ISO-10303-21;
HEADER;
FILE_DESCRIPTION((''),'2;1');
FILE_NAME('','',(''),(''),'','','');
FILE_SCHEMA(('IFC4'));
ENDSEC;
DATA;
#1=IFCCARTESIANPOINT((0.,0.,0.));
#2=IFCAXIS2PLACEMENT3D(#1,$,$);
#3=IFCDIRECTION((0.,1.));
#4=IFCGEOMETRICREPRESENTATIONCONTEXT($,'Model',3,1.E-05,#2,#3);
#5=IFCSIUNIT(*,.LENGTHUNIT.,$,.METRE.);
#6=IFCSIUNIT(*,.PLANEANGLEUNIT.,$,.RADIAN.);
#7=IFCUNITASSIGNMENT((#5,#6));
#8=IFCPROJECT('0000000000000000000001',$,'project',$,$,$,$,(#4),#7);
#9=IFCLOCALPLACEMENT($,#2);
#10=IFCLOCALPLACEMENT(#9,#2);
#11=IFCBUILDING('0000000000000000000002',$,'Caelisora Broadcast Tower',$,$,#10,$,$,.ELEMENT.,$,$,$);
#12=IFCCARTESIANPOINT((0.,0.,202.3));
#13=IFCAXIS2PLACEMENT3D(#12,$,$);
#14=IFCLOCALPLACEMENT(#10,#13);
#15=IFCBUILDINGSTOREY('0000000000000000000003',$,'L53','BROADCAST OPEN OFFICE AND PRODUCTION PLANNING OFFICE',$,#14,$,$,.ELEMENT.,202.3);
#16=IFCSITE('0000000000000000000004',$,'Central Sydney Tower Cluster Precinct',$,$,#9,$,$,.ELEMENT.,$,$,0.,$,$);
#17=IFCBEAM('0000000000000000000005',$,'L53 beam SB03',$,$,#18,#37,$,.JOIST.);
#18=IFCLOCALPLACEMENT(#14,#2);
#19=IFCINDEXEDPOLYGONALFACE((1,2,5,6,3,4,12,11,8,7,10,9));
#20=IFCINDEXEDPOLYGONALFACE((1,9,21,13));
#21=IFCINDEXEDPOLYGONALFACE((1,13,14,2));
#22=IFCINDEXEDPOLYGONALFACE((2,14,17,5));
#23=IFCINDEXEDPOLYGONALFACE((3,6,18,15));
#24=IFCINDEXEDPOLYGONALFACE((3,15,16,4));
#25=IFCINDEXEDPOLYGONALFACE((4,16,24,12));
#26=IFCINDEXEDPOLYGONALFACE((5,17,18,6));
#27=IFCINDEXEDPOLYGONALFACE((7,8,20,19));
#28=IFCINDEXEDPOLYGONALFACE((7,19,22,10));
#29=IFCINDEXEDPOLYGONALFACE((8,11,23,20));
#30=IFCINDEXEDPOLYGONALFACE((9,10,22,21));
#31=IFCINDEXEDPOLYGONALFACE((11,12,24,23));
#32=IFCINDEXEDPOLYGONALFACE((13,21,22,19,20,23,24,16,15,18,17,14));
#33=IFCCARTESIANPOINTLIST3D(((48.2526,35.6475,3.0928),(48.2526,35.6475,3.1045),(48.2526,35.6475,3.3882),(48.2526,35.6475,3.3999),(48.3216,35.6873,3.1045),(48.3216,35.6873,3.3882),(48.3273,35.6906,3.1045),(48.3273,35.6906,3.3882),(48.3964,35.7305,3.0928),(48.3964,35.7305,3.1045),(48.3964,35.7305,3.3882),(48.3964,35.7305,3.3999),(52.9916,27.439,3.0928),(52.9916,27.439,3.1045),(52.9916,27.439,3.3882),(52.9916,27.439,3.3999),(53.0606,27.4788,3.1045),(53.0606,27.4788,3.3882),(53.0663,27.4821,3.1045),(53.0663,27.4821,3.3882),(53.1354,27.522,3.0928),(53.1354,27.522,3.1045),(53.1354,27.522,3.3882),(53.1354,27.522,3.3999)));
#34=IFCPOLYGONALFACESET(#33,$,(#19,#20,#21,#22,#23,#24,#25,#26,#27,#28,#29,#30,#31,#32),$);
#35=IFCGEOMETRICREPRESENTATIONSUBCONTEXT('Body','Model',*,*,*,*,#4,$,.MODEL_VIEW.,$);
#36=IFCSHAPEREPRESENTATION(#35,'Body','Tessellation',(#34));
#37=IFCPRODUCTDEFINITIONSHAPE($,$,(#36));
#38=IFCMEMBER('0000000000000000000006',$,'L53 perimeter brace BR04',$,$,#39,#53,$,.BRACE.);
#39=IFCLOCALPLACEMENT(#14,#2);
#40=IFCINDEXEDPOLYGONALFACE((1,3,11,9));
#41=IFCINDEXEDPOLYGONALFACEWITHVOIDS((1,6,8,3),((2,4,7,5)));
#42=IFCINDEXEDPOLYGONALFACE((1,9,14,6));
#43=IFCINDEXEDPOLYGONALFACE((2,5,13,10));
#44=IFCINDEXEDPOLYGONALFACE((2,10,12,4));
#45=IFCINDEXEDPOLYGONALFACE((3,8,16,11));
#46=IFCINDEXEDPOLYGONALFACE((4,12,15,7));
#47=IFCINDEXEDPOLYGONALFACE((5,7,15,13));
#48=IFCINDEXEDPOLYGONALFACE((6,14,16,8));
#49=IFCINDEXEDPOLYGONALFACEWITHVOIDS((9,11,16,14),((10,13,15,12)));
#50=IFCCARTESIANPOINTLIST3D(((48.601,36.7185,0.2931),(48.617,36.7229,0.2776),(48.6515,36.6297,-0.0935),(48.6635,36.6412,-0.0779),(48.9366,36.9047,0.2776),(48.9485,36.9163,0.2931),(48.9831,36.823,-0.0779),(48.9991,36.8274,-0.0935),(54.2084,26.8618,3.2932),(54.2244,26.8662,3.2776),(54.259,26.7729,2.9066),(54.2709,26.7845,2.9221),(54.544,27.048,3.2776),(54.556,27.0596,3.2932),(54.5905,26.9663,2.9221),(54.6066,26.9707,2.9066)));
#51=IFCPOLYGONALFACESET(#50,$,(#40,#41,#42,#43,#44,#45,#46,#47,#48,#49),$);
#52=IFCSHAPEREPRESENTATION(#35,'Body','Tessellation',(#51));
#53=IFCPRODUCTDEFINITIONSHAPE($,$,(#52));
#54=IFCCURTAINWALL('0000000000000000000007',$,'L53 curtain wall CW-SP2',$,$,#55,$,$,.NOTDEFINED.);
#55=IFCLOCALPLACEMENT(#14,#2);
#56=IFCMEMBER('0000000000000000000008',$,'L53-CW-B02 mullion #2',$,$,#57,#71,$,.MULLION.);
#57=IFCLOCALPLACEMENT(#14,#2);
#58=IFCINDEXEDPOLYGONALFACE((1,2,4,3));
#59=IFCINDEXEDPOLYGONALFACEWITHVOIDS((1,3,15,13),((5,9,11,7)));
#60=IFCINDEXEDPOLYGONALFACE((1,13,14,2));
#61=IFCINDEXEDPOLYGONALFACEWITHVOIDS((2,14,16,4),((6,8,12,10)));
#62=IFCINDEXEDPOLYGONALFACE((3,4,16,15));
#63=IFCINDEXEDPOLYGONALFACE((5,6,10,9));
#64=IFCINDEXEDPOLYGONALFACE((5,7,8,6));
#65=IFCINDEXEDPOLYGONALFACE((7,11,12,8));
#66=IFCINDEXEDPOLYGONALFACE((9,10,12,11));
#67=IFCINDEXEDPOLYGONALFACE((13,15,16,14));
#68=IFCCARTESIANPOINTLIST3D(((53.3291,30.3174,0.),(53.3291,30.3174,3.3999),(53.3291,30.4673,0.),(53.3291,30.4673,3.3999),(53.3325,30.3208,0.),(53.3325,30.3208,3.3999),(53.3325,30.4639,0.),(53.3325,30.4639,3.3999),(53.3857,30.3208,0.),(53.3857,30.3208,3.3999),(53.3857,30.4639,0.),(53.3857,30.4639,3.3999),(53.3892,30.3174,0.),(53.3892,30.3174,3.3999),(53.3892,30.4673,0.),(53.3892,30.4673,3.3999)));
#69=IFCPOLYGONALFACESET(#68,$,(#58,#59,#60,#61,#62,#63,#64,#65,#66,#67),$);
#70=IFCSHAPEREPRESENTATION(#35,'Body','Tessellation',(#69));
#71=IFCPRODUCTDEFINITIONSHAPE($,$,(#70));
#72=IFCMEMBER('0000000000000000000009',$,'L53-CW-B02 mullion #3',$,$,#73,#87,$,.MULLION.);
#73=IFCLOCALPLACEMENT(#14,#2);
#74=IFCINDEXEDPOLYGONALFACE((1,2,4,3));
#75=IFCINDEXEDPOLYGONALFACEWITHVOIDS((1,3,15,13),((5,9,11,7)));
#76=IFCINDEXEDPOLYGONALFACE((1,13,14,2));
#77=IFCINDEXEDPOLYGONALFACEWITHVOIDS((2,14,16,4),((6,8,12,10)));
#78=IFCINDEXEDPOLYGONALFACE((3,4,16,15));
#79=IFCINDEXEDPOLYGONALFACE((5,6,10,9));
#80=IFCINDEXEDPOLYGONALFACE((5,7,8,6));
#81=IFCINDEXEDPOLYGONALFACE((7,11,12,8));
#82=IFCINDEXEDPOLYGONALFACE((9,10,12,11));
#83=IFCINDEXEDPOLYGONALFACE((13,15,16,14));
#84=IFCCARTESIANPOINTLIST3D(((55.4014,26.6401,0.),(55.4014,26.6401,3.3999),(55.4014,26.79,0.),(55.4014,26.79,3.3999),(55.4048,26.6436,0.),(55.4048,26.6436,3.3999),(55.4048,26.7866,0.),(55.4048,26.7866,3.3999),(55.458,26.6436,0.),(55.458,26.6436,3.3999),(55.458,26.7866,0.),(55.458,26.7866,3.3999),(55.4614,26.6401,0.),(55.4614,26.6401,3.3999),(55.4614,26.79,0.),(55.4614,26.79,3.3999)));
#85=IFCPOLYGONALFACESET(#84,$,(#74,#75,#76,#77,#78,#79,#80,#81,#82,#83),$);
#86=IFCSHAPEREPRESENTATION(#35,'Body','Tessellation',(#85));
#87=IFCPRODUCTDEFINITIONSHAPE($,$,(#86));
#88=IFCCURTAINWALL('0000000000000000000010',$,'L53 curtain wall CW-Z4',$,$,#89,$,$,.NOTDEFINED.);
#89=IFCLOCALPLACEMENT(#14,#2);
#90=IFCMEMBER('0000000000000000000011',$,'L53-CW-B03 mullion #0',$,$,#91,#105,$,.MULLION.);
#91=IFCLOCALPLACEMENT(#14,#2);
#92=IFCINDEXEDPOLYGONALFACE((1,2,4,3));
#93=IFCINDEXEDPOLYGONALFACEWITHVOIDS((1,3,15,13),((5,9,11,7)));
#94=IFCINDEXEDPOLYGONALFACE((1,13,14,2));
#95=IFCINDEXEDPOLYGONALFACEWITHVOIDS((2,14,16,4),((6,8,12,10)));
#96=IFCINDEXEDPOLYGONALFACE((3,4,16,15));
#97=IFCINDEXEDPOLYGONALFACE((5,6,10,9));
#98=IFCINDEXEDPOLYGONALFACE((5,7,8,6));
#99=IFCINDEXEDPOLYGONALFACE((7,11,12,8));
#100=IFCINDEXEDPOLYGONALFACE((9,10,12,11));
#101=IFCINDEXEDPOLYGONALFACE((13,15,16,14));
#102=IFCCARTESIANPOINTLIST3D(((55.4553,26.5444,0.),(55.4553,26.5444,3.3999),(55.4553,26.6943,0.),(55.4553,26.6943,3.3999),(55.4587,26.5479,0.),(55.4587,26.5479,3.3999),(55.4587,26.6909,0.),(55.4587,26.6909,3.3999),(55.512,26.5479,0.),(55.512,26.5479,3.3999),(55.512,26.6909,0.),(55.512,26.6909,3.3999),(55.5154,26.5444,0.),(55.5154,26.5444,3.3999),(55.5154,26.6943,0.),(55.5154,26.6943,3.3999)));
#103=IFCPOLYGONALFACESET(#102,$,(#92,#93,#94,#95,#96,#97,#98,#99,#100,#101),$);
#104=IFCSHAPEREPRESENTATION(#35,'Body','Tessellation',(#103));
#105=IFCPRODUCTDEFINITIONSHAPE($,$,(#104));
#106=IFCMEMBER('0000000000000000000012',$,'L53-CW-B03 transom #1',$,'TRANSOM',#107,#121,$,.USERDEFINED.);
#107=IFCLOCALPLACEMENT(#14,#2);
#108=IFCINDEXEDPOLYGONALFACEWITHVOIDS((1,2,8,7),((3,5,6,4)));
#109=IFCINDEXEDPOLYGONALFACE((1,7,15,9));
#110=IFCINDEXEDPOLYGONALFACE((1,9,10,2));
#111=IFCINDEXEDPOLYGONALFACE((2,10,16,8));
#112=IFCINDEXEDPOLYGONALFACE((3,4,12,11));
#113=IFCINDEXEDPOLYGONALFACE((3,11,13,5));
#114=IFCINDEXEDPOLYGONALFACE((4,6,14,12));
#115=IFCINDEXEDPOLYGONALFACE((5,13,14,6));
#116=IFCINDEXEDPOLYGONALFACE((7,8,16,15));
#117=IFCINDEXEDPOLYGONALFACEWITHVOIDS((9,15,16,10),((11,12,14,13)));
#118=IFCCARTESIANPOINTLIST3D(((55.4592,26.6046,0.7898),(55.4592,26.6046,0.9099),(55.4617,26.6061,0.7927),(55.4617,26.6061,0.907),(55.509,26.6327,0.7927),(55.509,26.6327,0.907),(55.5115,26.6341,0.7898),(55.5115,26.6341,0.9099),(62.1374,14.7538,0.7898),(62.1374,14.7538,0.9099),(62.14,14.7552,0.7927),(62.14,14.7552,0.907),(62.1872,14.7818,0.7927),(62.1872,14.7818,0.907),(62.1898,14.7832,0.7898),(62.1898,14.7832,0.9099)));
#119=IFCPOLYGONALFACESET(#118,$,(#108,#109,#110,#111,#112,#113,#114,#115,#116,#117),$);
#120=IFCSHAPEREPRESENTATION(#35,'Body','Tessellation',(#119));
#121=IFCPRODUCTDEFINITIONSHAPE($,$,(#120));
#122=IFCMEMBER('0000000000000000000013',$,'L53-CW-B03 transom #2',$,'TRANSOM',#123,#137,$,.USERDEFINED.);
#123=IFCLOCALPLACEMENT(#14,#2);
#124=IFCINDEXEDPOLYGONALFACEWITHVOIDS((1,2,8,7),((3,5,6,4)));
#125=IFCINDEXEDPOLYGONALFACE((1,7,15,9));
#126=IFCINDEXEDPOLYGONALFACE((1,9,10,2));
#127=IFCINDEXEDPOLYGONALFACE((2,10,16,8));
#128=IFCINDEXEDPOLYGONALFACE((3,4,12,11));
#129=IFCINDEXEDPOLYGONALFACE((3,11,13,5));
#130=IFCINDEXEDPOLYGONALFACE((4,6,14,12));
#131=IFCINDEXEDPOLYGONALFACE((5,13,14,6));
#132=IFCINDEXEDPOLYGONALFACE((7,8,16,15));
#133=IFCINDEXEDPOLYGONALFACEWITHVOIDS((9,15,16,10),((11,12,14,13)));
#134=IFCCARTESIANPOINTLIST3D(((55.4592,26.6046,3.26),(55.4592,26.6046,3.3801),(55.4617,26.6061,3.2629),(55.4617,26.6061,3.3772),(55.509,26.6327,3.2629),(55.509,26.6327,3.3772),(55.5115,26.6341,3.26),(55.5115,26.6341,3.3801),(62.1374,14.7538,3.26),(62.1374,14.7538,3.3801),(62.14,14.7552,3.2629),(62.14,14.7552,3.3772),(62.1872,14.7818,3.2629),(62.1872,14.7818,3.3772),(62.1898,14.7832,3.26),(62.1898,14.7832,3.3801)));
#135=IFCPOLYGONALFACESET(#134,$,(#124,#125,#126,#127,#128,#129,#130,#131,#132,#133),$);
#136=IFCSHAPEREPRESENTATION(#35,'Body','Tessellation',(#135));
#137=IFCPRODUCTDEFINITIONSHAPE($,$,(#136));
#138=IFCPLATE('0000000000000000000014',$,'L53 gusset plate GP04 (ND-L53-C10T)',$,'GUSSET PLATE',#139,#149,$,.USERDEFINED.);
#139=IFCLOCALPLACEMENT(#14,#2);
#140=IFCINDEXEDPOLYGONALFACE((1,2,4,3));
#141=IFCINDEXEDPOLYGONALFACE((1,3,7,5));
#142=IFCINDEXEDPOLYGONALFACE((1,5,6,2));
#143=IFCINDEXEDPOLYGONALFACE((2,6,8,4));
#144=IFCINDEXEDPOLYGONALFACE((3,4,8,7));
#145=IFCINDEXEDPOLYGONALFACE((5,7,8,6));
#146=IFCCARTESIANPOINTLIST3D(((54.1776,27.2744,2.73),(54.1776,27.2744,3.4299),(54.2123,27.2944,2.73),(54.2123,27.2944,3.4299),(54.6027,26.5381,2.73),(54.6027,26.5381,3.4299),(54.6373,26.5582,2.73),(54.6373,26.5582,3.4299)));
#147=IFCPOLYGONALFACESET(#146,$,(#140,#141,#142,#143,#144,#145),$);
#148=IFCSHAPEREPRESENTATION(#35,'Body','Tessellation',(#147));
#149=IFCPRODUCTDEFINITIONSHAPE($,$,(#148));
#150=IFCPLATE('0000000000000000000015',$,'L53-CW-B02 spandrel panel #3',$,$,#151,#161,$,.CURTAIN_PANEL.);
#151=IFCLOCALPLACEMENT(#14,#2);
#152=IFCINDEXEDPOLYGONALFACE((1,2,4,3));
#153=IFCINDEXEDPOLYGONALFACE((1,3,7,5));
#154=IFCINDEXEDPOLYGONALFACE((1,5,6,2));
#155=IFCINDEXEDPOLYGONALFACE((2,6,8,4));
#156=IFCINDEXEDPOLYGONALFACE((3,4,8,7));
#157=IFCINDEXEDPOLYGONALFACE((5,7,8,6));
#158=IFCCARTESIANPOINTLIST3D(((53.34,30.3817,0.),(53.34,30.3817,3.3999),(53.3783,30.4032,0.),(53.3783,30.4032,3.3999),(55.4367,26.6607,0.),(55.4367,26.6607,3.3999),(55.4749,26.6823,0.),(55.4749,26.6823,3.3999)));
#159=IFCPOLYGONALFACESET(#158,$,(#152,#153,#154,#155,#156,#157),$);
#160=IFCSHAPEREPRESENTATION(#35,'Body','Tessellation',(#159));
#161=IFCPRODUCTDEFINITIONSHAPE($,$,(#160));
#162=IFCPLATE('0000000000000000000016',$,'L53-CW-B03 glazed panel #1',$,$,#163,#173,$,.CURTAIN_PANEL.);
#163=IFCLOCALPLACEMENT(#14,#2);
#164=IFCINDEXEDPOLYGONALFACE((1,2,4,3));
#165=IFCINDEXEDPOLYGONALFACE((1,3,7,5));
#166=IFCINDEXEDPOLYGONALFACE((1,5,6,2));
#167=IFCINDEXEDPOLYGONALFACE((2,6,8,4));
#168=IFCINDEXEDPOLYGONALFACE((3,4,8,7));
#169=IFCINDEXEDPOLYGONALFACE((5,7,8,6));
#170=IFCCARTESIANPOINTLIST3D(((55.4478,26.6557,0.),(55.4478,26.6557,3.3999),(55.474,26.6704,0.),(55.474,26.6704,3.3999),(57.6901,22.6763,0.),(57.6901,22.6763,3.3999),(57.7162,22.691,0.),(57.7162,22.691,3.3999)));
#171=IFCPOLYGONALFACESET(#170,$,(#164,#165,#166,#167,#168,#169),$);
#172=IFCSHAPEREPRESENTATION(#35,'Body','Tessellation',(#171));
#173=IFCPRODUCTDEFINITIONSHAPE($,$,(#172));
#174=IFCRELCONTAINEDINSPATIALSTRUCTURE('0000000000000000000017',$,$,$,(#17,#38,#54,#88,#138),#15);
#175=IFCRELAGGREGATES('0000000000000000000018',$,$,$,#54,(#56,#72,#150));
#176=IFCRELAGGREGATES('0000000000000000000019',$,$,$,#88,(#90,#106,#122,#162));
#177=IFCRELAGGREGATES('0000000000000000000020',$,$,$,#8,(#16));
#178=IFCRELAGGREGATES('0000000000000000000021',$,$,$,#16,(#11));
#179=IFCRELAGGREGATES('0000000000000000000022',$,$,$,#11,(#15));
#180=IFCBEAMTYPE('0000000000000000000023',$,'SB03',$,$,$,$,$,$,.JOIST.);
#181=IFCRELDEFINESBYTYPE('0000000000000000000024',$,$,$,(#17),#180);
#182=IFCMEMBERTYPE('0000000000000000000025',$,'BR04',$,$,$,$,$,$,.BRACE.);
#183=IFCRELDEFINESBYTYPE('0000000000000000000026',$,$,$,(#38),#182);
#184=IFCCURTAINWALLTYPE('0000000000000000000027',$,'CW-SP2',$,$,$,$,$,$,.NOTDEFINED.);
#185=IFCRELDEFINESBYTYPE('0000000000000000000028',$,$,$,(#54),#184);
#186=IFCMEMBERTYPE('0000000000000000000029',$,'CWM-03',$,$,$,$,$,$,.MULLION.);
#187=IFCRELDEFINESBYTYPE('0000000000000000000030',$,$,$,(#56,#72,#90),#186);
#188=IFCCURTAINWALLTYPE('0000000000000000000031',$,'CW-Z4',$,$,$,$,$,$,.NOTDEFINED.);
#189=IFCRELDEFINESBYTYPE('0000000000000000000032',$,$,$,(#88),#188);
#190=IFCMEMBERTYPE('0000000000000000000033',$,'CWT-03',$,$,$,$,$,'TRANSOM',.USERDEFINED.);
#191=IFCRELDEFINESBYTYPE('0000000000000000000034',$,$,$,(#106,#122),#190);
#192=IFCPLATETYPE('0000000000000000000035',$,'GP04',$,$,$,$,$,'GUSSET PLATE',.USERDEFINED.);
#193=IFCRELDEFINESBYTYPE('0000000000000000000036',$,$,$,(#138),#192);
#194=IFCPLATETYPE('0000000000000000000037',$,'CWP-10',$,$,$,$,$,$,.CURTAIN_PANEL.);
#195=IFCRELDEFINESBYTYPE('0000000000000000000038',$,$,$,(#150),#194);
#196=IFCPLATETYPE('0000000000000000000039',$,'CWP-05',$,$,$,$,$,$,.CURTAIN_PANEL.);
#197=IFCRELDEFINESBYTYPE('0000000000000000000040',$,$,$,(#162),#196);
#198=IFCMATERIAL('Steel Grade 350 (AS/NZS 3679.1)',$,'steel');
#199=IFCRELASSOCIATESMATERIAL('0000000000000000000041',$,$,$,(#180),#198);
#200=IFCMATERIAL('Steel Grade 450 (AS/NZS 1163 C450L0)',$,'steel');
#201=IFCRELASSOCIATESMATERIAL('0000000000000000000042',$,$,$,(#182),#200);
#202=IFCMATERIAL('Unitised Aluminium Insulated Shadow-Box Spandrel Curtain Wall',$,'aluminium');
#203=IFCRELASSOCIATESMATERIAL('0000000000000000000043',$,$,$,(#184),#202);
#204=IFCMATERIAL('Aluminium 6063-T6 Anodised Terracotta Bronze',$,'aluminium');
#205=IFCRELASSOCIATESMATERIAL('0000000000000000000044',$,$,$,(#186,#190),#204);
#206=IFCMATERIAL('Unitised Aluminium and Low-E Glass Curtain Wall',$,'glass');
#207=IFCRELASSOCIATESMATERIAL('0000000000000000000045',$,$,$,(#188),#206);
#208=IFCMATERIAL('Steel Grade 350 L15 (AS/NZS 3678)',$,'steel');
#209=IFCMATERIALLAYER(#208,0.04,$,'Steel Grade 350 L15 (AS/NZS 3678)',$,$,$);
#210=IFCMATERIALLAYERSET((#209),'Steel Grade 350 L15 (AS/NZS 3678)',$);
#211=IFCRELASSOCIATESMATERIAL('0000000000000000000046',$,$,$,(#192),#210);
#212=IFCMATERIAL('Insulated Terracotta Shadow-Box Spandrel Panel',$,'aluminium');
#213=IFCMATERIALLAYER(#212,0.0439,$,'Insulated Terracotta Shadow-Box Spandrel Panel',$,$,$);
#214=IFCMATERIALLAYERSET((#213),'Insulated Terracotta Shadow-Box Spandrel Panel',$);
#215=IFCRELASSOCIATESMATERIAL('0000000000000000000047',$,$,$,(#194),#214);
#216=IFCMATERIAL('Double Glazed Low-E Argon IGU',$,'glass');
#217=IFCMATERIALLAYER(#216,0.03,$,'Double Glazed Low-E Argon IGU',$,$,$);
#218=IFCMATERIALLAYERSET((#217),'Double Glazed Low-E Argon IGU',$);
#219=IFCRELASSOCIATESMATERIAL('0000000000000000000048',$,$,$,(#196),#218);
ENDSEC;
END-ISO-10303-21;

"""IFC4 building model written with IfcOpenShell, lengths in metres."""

from ifc_helpers import new_model, si_unit, direction, frame, origin, origin_2d, place, context, subcontext, project, spatial, rectangle, hollow_rectangle, i_section, extrude, source, transform, mapped, material, layer, layer_set, material_profile, profile_set, type_object, type_shapes, element, aggregate, save


model = new_model("IFC4")

# Units and contexts
model_context = context("Model", 3, precision=1e-05, world=origin(), true_north=direction((0.0, 1.0)))
body_context = subcontext(model_context, "Body", "Model", "MODEL_VIEW")
ifc_project = project(units=[si_unit("LENGTHUNIT", "METRE"), si_unit("PLANEANGLEUNIT", "RADIAN")], contexts=[model_context])

# Site, building, storey
site_placement = place(None, origin())
site = spatial("IfcSite", under=ifc_project, at=site_placement, Name="Central Sydney Tower Cluster Precinct", CompositionType="ELEMENT", RefElevation=0.0)
building_placement = place(site_placement, origin())
building = spatial("IfcBuilding", under=site, at=building_placement, Name="Caelisora Broadcast Tower", CompositionType="ELEMENT")
storey_placement = place(building_placement, frame((0.0, 0.0, 202.3)))
storey = spatial("IfcBuildingStorey", under=building, at=storey_placement, Name="L53", Description="BROADCAST OPEN OFFICE AND PRODUCTION PLANNING OFFICE", CompositionType="ELEMENT", Elevation=202.3)

# Shared definitions
ifc_material_1 = material(Name="Steel Grade 350 L15 (AS/NZS 3678)", Category="steel")

# Beam
ifc_material_2 = material(Name="Steel Grade 350 (AS/NZS 3679.1)", Category="steel")
ifc_material_profile_1 = material_profile(ifc_material_2, i_section(OverallWidth=0.166, OverallDepth=0.3071, WebThickness=0.0066, FlangeThickness=0.0117, at=origin_2d()), Name="Steel Grade 350 (AS/NZS 3679.1)")
ifc_profile_set_1 = profile_set([ifc_material_profile_1], Name="Steel Grade 350 (AS/NZS 3679.1)")
beam_type_1 = type_object("IfcBeamType", Name="SB03", PredefinedType="JOIST", material=ifc_profile_set_1)
shared_shape_1 = source(origin(), body_context, "Body", "SweptSolid", [
    extrude(i_section(OverallWidth=0.166, OverallDepth=0.3071, WebThickness=0.0066, FlangeThickness=0.0117, at=origin_2d()), origin(), (0.0, 0.0, 1.0), 9.4783),
])
beam_1_placement = place(storey_placement, frame((53.0635, 27.4805, 3.2463), z_axis=(-0.499987, 0.866033, 0.0), x_axis=(-0.866033, -0.499987, 0.0)))
element("IfcBeam", 1, at=beam_1_placement, inside=storey, type_object=beam_type_1, Name="L53 beam SB03", PredefinedType="JOIST", context=body_context, shape_type="MappedRepresentation", body=[
    mapped(shared_shape_1, transform((0.0, 0.0, 0.0), scale=1.0)),
])

# Member
ifc_material_3 = material(Name="Steel Grade 450 (AS/NZS 1163 C450L0)", Category="steel")
ifc_material_profile_2 = material_profile(ifc_material_3, hollow_rectangle(XDim=0.3999, YDim=0.3999, WallThickness=0.0161, at=origin_2d()), Name="Steel Grade 450 (AS/NZS 1163 C450L0)")
ifc_profile_set_2 = profile_set([ifc_material_profile_2], Name="Steel Grade 450 (AS/NZS 1163 C450L0)")
member_type_1 = type_object("IfcMemberType", Name="BR04", PredefinedType="BRACE", material=ifc_profile_set_2)
shared_shape_2 = source(origin(), body_context, "Body", "SweptSolid", [
    extrude(hollow_rectangle(XDim=0.3999, YDim=0.3999, WallThickness=0.0161, at=origin_2d()), origin(), (0.0, 0.0, 1.0), 11.7302),
])
type_shapes(member_type_1, [shared_shape_2])
member_1_placement = place(storey_placement, frame((54.4075, 26.9163, 3.0999), z_axis=(-0.478033, 0.840283, -0.25575), x_axis=(-0.86919, -0.494478, 0.0)))
element("IfcMember", 2, at=member_1_placement, inside=storey, type_object=member_type_1, Name="L53 perimeter brace BR04", PredefinedType="BRACE", context=body_context, shape_type="MappedRepresentation", body=[
    mapped(shared_shape_2, transform((0.0, 0.0, 0.0), scale=1.0)),
])

# Curtain walls, members
ifc_material_4 = material(Name="Unitised Aluminium Insulated Shadow-Box Spandrel Curtain Wall", Category="aluminium")
curtain_wall_type_1 = type_object("IfcCurtainWallType", Name="CW-SP2", PredefinedType="NOTDEFINED", material=ifc_material_4)
curtain_wall_1_placement = place(storey_placement, origin())
curtain_wall_1 = element("IfcCurtainWall", 3, at=curtain_wall_1_placement, inside=storey, type_object=curtain_wall_type_1, Name="L53 curtain wall CW-SP2", PredefinedType="NOTDEFINED")
ifc_material_5 = material(Name="Aluminium 6063-T6 Anodised Terracotta Bronze", Category="aluminium")
ifc_material_profile_3 = material_profile(ifc_material_5, hollow_rectangle(XDim=0.0601, YDim=0.1499, WallThickness=0.0034, at=origin_2d()), Name="Aluminium 6063-T6 Anodised Terracotta Bronze")
ifc_profile_set_3 = profile_set([ifc_material_profile_3], Name="Aluminium 6063-T6 Anodised Terracotta Bronze")
member_type_2 = type_object("IfcMemberType", Name="CWM-03", PredefinedType="MULLION", material=ifc_profile_set_3)
shared_shape_3 = source(origin(), body_context, "Body", "SweptSolid", [
    extrude(hollow_rectangle(XDim=0.0601, YDim=0.1499, WallThickness=0.0034, at=origin_2d()), origin(), (0.0, 0.0, 1.0), 3.3999),
])
type_shapes(member_type_2, [shared_shape_3])
member_2_placement = place(storey_placement, frame((53.3591, 30.3923, 0.0), z_axis=(0.0, 0.0, 1.0), x_axis=(1.0, 0.0, 0.0)))
member_2 = element("IfcMember", 4, at=member_2_placement, type_object=member_type_2, Name="L53-CW-B02 mullion #2", PredefinedType="MULLION", context=body_context, shape_type="MappedRepresentation", body=[
    mapped(shared_shape_3, transform((0.0, 0.0, 0.0), scale=1.0)),
])
member_3_placement = place(storey_placement, frame((55.4314, 26.7151, 0.0), z_axis=(0.0, 0.0, 1.0), x_axis=(1.0, 0.0, 0.0)))
member_3 = element("IfcMember", 5, at=member_3_placement, type_object=member_type_2, Name="L53-CW-B02 mullion #3", PredefinedType="MULLION", context=body_context, shape_type="MappedRepresentation", body=[
    mapped(shared_shape_3, transform((0.0, 0.0, 0.0), scale=1.0)),
])
ifc_material_6 = material(Name="Unitised Aluminium and Low-E Glass Curtain Wall", Category="glass")
curtain_wall_type_2 = type_object("IfcCurtainWallType", Name="CW-Z4", PredefinedType="NOTDEFINED", material=ifc_material_6)
curtain_wall_2_placement = place(storey_placement, origin())
curtain_wall_2 = element("IfcCurtainWall", 6, at=curtain_wall_2_placement, inside=storey, type_object=curtain_wall_type_2, Name="L53 curtain wall CW-Z4", PredefinedType="NOTDEFINED")
member_4_placement = place(storey_placement, frame((55.4854, 26.6194, 0.0), z_axis=(0.0, 0.0, 1.0), x_axis=(1.0, 0.0, 0.0)))
member_4 = element("IfcMember", 7, at=member_4_placement, type_object=member_type_2, Name="L53-CW-B03 mullion #0", PredefinedType="MULLION", context=body_context, shape_type="MappedRepresentation", body=[
    mapped(shared_shape_3, transform((0.0, 0.0, 0.0), scale=1.0)),
])
ifc_material_profile_4 = material_profile(ifc_material_5, hollow_rectangle(XDim=0.0601, YDim=0.1201, WallThickness=0.0029, at=origin_2d()), Name="Aluminium 6063-T6 Anodised Terracotta Bronze")
ifc_profile_set_4 = profile_set([ifc_material_profile_4], Name="Aluminium 6063-T6 Anodised Terracotta Bronze")
member_type_3 = type_object("IfcMemberType", Name="CWT-03", ElementType="TRANSOM", PredefinedType="USERDEFINED", material=ifc_profile_set_4)
shared_shape_4 = source(origin(), body_context, "Body", "SweptSolid", [
    extrude(hollow_rectangle(XDim=0.0601, YDim=0.1201, WallThickness=0.0029, at=origin_2d()), origin(), (0.0, 0.0, 1.0), 13.603),
])
type_shapes(member_type_3, [shared_shape_4])
member_5_placement = place(storey_placement, frame((55.4854, 26.6194, 0.8499), z_axis=(0.490939, -0.871194, 0.0), x_axis=(0.871194, 0.490939, 0.0)))
member_5 = element("IfcMember", 8, at=member_5_placement, type_object=member_type_3, Name="L53-CW-B03 transom #1", ObjectType="TRANSOM", PredefinedType="USERDEFINED", context=body_context, shape_type="MappedRepresentation", body=[
    mapped(shared_shape_4, transform((0.0, 0.0, 0.0), scale=1.0)),
])
member_6_placement = place(storey_placement, frame((55.4854, 26.6194, 3.3201), z_axis=(0.490939, -0.871194, 0.0), x_axis=(0.871194, 0.490939, 0.0)))
member_6 = element("IfcMember", 9, at=member_6_placement, type_object=member_type_3, Name="L53-CW-B03 transom #2", ObjectType="TRANSOM", PredefinedType="USERDEFINED", context=body_context, shape_type="MappedRepresentation", body=[
    mapped(shared_shape_4, transform((0.0, 0.0, 0.0), scale=1.0)),
])

# Plates
ifc_layer_1 = layer(ifc_material_1, 0.04, Name="Steel Grade 350 L15 (AS/NZS 3678)")
ifc_layer_set_1 = layer_set([ifc_layer_1], Name="Steel Grade 350 L15 (AS/NZS 3678)")
plate_type_1 = type_object("IfcPlateType", Name="GP04", ElementType="GUSSET PLATE", PredefinedType="USERDEFINED", material=ifc_layer_set_1)
shared_shape_5 = source(origin(), body_context, "Body", "SweptSolid", [
    extrude(rectangle(XDim=0.8501, YDim=0.04, at=origin_2d()), origin(), (0.0, 0.0, 1.0), 0.7),
])
type_shapes(plate_type_1, [shared_shape_5])
plate_1_placement = place(storey_placement, frame((54.4075, 26.9163, 2.73), z_axis=(0.0, 0.0, 1.0), x_axis=(-0.5, 0.866025, 0.0)))
element("IfcPlate", 10, at=plate_1_placement, inside=storey, type_object=plate_type_1, Name="L53 gusset plate GP04 (ND-L53-C10T)", ObjectType="GUSSET PLATE", PredefinedType="USERDEFINED", context=body_context, shape_type="MappedRepresentation", body=[
    mapped(shared_shape_5, transform((0.0, 0.0, 0.0), scale=1.0)),
])
ifc_material_7 = material(Name="Insulated Terracotta Shadow-Box Spandrel Panel", Category="aluminium")
ifc_layer_2 = layer(ifc_material_7, 0.0439, Name="Insulated Terracotta Shadow-Box Spandrel Panel")
ifc_layer_set_2 = layer_set([ifc_layer_2], Name="Insulated Terracotta Shadow-Box Spandrel Panel")
plate_type_2 = type_object("IfcPlateType", Name="CWP-10", PredefinedType="CURTAIN_PANEL", material=ifc_layer_set_2)
shared_shape_6 = source(origin(), body_context, "Body", "SweptSolid", [
    extrude(rectangle(XDim=4.271, YDim=0.0439, at=origin_2d()), origin(), (0.0, 0.0, 1.0), 3.3999),
])
type_shapes(plate_type_2, [shared_shape_6])
plate_2_placement = place(storey_placement, frame((54.4075, 28.532, 0.0), z_axis=(0.0, 0.0, 1.0), x_axis=(0.490904, -0.871214, 0.0)))
plate_2 = element("IfcPlate", 11, at=plate_2_placement, type_object=plate_type_2, Name="L53-CW-B02 spandrel panel #3", PredefinedType="CURTAIN_PANEL", context=body_context, shape_type="MappedRepresentation", body=[
    mapped(shared_shape_6, transform((0.0, 0.0, 0.0), scale=1.0)),
])
aggregate(curtain_wall_1, [member_2, member_3, plate_2])
ifc_material_8 = material(Name="Double Glazed Low-E Argon IGU", Category="glass")
ifc_layer_3 = layer(ifc_material_8, 0.03, Name="Double Glazed Low-E Argon IGU")
ifc_layer_set_3 = layer_set([ifc_layer_3], Name="Double Glazed Low-E Argon IGU")
plate_type_3 = type_object("IfcPlateType", Name="CWP-05", PredefinedType="CURTAIN_PANEL", material=ifc_layer_set_3)
shared_shape_7 = source(origin(), body_context, "Body", "SweptSolid", [
    extrude(rectangle(XDim=4.5676, YDim=0.03, at=origin_2d()), origin(), (0.0, 0.0, 1.0), 3.3999),
])
type_shapes(plate_type_3, [shared_shape_7])
plate_3_placement = place(storey_placement, frame((56.582, 24.6733, 0.0), z_axis=(0.0, 0.0, 1.0), x_axis=(0.490904, -0.871214, 0.0)))
plate_3 = element("IfcPlate", 12, at=plate_3_placement, type_object=plate_type_3, Name="L53-CW-B03 glazed panel #1", PredefinedType="CURTAIN_PANEL", context=body_context, shape_type="MappedRepresentation", body=[
    mapped(shared_shape_7, transform((0.0, 0.0, 0.0), scale=1.0)),
])
aggregate(curtain_wall_2, [member_4, member_5, member_6, plate_3])

save(model, "model.ifc")
